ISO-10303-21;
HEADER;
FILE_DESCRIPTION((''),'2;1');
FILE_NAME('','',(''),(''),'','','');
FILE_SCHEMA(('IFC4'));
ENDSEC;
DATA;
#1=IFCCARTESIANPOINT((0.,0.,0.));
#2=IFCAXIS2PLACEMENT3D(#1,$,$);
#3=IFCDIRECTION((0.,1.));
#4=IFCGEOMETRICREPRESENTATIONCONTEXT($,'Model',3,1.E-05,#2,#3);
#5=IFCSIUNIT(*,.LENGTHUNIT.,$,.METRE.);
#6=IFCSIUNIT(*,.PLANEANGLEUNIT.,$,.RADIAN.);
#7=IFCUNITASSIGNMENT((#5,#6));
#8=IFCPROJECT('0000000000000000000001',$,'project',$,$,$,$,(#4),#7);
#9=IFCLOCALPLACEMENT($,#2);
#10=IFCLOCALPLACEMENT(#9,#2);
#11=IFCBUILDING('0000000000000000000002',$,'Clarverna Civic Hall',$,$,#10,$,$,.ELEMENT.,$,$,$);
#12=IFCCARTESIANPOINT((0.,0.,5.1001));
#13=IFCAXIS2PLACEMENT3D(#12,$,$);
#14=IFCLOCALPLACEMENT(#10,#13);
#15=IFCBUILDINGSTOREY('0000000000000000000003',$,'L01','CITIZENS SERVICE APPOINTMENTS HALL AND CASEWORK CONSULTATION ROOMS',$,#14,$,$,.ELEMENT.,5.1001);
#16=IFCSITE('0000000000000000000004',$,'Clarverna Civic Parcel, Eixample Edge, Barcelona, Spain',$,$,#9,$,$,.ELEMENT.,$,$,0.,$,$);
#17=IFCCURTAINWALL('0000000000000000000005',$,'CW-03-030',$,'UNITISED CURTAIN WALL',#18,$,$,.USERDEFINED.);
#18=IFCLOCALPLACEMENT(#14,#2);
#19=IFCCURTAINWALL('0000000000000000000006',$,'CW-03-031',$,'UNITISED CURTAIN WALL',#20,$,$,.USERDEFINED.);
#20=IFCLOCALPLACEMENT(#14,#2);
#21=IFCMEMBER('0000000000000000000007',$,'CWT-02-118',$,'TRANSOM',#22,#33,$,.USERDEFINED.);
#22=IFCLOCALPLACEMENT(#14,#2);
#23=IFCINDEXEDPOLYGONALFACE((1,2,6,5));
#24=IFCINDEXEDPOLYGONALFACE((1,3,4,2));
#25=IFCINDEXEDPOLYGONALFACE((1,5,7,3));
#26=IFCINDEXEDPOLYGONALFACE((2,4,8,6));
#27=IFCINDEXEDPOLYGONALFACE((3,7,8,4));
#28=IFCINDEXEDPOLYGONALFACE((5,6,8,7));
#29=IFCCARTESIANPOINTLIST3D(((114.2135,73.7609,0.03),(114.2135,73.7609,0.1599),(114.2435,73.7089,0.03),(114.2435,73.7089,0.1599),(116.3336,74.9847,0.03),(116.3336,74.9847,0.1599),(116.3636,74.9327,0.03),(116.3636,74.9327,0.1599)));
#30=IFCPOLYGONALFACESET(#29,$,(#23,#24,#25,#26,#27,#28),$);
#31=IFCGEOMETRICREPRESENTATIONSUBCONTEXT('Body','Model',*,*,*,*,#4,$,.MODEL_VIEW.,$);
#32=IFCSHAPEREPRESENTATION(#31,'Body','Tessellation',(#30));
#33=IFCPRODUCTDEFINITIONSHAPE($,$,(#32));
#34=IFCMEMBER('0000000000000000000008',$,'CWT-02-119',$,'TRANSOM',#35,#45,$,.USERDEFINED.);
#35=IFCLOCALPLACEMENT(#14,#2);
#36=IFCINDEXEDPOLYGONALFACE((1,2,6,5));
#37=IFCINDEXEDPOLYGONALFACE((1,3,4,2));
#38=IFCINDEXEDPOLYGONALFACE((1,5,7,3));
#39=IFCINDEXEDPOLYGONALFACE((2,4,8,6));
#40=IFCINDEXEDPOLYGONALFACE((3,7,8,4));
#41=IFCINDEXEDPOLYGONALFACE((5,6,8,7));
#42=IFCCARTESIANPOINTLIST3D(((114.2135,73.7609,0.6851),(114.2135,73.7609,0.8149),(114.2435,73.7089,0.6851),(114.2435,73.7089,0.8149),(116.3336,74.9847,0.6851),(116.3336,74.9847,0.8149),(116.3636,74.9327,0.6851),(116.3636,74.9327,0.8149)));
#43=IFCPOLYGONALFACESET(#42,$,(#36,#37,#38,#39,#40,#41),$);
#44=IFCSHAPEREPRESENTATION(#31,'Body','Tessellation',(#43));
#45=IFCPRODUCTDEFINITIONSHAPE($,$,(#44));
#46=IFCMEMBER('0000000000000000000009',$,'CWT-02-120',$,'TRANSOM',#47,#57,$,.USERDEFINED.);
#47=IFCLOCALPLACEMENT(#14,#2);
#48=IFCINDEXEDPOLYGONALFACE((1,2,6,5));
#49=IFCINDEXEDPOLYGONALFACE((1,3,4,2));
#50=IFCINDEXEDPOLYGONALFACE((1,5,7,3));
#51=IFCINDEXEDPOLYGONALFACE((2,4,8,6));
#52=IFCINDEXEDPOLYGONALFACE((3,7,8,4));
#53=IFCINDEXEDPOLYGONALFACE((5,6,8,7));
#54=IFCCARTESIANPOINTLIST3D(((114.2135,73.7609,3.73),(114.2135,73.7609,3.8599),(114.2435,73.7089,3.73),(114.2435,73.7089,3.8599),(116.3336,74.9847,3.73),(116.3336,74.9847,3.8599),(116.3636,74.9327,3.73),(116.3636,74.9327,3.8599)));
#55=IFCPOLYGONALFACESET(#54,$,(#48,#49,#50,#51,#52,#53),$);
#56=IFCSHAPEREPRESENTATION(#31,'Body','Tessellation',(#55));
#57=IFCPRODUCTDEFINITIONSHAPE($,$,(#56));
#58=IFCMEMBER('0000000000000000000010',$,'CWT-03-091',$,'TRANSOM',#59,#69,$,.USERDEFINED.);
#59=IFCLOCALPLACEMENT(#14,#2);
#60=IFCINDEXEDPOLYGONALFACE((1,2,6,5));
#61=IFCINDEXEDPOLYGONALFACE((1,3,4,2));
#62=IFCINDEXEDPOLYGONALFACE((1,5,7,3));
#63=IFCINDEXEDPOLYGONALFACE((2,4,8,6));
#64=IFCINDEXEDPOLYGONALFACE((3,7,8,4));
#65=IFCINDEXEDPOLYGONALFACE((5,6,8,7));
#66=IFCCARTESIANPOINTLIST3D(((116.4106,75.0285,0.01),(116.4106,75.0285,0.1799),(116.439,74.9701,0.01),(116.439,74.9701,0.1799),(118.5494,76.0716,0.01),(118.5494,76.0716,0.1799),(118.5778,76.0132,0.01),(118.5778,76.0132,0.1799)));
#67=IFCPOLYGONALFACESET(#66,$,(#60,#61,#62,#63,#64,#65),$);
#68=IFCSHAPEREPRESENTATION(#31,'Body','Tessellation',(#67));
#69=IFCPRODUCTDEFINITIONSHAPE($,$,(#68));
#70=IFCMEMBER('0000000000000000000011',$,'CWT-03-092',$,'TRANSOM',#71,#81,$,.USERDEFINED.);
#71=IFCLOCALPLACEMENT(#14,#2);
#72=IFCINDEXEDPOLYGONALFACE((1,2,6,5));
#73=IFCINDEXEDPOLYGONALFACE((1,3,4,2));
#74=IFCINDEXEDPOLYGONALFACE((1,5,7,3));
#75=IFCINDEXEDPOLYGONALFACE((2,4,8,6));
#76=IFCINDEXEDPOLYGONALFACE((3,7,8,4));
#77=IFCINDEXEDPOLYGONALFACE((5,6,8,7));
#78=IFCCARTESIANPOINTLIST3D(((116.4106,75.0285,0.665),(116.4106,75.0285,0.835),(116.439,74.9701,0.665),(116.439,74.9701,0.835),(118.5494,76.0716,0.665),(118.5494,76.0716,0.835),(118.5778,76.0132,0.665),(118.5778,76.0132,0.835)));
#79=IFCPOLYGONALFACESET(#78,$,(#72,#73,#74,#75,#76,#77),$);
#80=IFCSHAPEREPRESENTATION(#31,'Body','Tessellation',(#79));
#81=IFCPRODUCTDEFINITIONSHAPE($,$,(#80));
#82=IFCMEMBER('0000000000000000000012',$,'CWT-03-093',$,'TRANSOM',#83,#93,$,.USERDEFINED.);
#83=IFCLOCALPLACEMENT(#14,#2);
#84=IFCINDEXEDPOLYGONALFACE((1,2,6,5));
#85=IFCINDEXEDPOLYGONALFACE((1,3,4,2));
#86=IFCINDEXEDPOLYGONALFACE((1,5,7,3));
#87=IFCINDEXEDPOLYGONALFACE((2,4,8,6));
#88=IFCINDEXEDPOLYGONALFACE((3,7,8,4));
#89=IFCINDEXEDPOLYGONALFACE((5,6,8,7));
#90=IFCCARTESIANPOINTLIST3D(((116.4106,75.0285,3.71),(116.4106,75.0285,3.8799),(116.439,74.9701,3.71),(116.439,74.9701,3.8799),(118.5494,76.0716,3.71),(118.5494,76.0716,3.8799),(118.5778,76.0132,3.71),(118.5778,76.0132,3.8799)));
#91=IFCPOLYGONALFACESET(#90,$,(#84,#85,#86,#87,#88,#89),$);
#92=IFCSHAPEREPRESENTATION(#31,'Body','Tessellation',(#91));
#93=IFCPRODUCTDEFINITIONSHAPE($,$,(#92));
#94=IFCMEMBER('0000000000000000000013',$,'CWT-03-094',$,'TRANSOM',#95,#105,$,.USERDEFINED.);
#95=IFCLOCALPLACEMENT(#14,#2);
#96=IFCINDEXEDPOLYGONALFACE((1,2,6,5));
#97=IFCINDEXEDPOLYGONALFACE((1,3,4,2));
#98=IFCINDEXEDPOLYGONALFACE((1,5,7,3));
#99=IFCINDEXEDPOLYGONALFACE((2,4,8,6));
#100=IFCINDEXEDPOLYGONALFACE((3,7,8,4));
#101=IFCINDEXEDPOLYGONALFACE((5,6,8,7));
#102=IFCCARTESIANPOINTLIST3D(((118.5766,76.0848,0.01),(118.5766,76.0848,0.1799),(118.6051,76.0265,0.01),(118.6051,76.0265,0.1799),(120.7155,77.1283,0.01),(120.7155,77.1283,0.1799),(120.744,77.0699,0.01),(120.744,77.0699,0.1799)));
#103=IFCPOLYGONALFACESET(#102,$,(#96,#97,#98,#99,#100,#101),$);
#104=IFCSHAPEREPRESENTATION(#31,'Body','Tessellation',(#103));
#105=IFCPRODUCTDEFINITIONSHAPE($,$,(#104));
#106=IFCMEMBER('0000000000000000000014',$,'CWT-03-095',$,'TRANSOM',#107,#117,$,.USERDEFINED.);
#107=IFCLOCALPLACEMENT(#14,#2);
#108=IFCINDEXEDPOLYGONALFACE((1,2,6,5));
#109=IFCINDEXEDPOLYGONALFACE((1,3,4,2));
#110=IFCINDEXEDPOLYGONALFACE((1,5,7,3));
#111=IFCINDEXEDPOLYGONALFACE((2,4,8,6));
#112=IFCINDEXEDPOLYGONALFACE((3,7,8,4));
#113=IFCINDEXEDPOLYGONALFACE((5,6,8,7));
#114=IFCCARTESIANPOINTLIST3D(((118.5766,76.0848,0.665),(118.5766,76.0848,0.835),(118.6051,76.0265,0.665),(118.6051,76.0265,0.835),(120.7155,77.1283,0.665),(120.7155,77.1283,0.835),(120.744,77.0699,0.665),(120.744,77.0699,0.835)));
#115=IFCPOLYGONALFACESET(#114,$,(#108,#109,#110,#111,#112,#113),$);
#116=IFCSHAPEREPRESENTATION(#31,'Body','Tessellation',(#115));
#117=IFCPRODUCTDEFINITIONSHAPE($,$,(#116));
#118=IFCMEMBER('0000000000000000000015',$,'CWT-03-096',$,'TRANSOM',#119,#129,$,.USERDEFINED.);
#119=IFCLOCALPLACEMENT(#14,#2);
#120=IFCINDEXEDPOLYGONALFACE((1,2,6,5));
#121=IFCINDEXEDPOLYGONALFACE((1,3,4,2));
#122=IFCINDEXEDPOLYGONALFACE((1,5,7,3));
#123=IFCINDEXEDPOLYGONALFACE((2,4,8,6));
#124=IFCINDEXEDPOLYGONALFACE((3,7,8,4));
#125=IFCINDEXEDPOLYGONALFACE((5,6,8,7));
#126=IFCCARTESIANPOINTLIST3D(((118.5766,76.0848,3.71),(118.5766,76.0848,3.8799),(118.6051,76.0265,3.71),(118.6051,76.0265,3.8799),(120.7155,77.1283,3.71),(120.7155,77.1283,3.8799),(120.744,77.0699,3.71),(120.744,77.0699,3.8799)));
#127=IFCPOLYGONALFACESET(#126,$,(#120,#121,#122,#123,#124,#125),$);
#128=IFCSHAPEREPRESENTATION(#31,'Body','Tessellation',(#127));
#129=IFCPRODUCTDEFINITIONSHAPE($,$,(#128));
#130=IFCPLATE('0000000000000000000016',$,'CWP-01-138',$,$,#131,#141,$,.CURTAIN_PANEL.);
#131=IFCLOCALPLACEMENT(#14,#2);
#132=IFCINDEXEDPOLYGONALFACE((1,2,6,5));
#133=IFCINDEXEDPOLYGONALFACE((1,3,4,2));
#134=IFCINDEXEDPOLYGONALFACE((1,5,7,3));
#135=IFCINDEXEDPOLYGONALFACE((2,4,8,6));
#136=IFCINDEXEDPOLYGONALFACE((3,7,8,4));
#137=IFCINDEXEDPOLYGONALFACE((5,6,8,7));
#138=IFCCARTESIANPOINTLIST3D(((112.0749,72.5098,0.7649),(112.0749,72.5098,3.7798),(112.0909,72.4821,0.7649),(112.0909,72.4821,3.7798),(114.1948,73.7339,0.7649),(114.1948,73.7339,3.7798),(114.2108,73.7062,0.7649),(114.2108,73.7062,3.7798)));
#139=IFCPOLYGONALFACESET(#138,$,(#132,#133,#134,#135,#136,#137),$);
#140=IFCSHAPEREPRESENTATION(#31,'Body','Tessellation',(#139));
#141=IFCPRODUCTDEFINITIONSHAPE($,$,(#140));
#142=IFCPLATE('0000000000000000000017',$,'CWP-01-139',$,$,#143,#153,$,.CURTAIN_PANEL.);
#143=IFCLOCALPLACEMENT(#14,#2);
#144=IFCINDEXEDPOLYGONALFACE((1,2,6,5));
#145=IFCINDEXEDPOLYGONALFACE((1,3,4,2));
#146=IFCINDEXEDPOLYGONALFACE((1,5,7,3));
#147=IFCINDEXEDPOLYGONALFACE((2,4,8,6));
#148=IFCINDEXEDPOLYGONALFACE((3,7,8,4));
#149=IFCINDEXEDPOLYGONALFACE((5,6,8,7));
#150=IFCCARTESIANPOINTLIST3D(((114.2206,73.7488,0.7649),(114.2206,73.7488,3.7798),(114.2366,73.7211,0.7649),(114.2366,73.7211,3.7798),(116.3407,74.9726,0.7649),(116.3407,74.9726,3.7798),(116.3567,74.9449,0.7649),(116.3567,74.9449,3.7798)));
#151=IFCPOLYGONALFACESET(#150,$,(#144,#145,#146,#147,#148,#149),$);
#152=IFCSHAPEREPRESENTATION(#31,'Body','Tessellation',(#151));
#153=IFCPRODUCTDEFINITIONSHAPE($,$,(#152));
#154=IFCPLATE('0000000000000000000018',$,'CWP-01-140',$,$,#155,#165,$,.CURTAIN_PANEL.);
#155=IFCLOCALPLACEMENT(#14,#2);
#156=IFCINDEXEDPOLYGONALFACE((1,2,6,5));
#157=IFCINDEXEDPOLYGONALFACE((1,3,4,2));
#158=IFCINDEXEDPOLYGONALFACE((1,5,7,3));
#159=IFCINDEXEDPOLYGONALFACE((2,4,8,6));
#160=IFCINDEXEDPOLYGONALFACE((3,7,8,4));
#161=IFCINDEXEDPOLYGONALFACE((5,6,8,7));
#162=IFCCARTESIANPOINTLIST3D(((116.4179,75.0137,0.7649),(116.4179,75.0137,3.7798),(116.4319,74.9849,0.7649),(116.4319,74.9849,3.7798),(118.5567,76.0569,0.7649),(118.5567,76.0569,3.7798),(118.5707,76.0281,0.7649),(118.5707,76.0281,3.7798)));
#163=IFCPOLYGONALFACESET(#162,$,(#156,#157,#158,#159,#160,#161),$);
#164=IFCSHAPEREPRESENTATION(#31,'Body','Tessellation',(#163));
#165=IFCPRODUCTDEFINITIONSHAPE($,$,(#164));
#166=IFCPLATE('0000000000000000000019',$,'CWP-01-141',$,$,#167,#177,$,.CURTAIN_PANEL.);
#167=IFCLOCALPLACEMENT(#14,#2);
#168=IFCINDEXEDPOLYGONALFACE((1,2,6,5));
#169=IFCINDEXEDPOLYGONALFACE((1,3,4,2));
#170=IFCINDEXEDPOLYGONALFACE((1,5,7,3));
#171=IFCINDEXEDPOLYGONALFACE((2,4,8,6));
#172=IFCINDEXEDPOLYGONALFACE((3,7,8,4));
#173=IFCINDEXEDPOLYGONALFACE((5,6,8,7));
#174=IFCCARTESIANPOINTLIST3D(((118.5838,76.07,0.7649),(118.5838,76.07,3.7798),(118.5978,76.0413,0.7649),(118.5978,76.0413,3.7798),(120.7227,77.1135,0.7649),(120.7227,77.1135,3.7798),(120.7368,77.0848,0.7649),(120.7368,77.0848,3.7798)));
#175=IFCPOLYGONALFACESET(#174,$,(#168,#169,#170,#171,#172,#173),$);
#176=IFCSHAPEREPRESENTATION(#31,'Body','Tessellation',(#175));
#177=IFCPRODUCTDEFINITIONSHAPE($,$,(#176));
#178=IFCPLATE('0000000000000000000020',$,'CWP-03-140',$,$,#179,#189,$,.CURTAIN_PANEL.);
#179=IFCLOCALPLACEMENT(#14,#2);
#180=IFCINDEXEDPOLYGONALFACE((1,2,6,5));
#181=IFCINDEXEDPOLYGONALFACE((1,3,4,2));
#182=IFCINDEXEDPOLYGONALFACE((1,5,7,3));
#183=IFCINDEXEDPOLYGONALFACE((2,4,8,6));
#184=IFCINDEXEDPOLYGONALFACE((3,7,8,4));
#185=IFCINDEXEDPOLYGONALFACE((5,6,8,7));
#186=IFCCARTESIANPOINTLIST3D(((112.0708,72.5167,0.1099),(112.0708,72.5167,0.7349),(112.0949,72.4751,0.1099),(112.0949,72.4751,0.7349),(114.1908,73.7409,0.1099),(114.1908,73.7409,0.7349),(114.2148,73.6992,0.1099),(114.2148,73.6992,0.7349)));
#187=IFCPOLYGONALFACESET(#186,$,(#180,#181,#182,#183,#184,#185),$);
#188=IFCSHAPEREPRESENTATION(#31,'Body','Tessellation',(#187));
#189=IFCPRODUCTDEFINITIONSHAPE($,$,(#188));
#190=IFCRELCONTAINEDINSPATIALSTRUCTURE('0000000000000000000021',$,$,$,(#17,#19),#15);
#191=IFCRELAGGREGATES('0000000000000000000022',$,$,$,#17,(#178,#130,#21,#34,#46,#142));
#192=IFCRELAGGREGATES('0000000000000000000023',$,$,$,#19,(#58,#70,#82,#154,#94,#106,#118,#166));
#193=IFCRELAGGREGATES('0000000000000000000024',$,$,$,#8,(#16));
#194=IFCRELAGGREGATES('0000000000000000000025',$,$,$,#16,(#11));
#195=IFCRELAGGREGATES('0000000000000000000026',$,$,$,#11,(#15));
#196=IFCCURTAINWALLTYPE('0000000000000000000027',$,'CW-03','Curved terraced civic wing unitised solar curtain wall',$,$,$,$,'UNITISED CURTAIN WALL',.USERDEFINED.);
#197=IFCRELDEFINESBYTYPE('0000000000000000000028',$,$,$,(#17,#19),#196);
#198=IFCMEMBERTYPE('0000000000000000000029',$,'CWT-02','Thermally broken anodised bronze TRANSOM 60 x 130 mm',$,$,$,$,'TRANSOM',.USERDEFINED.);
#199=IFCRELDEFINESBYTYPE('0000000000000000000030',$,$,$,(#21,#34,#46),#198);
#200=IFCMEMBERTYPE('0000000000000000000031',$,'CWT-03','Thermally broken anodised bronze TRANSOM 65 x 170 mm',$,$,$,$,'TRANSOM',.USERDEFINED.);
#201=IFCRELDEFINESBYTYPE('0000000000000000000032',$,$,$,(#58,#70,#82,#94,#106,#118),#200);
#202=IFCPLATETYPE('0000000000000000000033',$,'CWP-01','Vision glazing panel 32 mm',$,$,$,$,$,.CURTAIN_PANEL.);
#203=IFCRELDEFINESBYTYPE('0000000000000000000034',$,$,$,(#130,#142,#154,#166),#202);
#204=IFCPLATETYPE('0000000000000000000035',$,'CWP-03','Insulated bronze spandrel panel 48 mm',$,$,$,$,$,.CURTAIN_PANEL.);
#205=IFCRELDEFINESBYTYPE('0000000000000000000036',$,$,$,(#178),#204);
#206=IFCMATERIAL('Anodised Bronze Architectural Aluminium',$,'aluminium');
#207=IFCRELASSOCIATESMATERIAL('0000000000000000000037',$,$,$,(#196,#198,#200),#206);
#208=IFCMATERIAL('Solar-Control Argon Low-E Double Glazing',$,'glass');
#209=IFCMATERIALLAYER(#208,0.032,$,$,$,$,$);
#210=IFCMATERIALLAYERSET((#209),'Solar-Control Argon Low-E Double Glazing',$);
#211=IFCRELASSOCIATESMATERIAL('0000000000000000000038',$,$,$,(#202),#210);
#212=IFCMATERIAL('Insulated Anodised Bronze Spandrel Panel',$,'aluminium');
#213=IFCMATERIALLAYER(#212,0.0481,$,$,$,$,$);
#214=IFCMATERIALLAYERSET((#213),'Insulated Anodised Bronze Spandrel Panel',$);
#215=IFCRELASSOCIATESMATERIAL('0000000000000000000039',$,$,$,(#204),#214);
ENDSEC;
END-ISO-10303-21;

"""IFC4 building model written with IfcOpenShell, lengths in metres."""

from ifc_helpers import new_model, si_unit, direction, frame, frame_2d, origin, origin_2d, place, context, subcontext, project, spatial, rectangle, extrude, material, layer, layer_set, material_profile, profile_set, type_object, element, aggregate, save


model = new_model("IFC4")

# Units and contexts
model_context = context("Model", 3, precision=1e-05, world=origin(), true_north=direction((0.0, 1.0)))
body_context = subcontext(model_context, "Body", "Model", "MODEL_VIEW")
ifc_project = project(units=[si_unit("LENGTHUNIT", "METRE"), si_unit("PLANEANGLEUNIT", "RADIAN")], contexts=[model_context])

# Site, building, storey
site_placement = place(None, origin())
site = spatial("IfcSite", under=ifc_project, at=site_placement, Name="Clarverna Civic Parcel, Eixample Edge, Barcelona, Spain", CompositionType="ELEMENT", RefElevation=0.0)
building_placement = place(site_placement, origin())
building = spatial("IfcBuilding", under=site, at=building_placement, Name="Clarverna Civic Hall", CompositionType="ELEMENT")
storey_placement = place(building_placement, frame((0.0, 0.0, 5.1001)))
storey = spatial("IfcBuildingStorey", under=building, at=storey_placement, Name="L01", Description="CITIZENS SERVICE APPOINTMENTS HALL AND CASEWORK CONSULTATION ROOMS", CompositionType="ELEMENT", Elevation=5.1001)

# Curtain walls
ifc_material_1 = material(Name="Anodised Bronze Architectural Aluminium", Category="aluminium")
curtain_wall_type = type_object("IfcCurtainWallType", Name="CW-03", Description="Curved terraced civic wing unitised solar curtain wall", ElementType="UNITISED CURTAIN WALL", PredefinedType="USERDEFINED", material=ifc_material_1)
curtain_wall_1_placement = place(storey_placement, origin())
curtain_wall_1 = element("IfcCurtainWall", 1, at=curtain_wall_1_placement, inside=storey, type_object=curtain_wall_type, Name="CW-03-030", ObjectType="UNITISED CURTAIN WALL", PredefinedType="USERDEFINED")
curtain_wall_2_placement = place(storey_placement, origin())
curtain_wall_2 = element("IfcCurtainWall", 2, at=curtain_wall_2_placement, inside=storey, type_object=curtain_wall_type, Name="CW-03-031", ObjectType="UNITISED CURTAIN WALL", PredefinedType="USERDEFINED")

# Members
ifc_material_profile_1 = material_profile(ifc_material_1, rectangle(XDim=0.0601, YDim=0.1299, at=origin_2d()), Name="BRONZE 60x130")
ifc_profile_set_1 = profile_set([ifc_material_profile_1], Name="Anodised Bronze Architectural Aluminium")
member_type_1 = type_object("IfcMemberType", Name="CWT-02", Description="Thermally broken anodised bronze TRANSOM 60 x 130 mm", ElementType="TRANSOM", PredefinedType="USERDEFINED", material=ifc_profile_set_1)
member_1_placement = place(storey_placement, frame((114.2285, 73.7349, 0.095), z_axis=(0.866056, 0.499947, 0.0), x_axis=(-0.499947, 0.866056, 0.0)))
member_1 = element("IfcMember", 3, at=member_1_placement, type_object=member_type_1, Name="CWT-02-118", ObjectType="TRANSOM", PredefinedType="USERDEFINED", context=body_context, shape_type="SweptSolid", body=[
    extrude(rectangle(XDim=0.0601, YDim=0.1299, at=origin_2d()), origin(), (0.0, 0.0, 1.0), 2.448),
])
member_2_placement = place(storey_placement, frame((114.2285, 73.7349, 0.75), z_axis=(0.866056, 0.499947, 0.0), x_axis=(-0.499947, 0.866056, 0.0)))
member_2 = element("IfcMember", 4, at=member_2_placement, type_object=member_type_1, Name="CWT-02-119", ObjectType="TRANSOM", PredefinedType="USERDEFINED", context=body_context, shape_type="SweptSolid", body=[
    extrude(rectangle(XDim=0.0601, YDim=0.1299, at=origin_2d()), origin(), (0.0, 0.0, 1.0), 2.448),
])
member_3_placement = place(storey_placement, frame((114.2285, 73.7349, 3.7949), z_axis=(0.866056, 0.499947, 0.0), x_axis=(-0.499947, 0.866056, 0.0)))
member_3 = element("IfcMember", 5, at=member_3_placement, type_object=member_type_1, Name="CWT-02-120", ObjectType="TRANSOM", PredefinedType="USERDEFINED", context=body_context, shape_type="SweptSolid", body=[
    extrude(rectangle(XDim=0.0601, YDim=0.1299, at=origin_2d()), origin(), (0.0, 0.0, 1.0), 2.448),
])
ifc_material_profile_2 = material_profile(ifc_material_1, rectangle(XDim=0.0649, YDim=0.1699, at=origin_2d()), Name="BRONZE 65x170")
ifc_profile_set_2 = profile_set([ifc_material_profile_2], Name="Anodised Bronze Architectural Aluminium")
member_type_2 = type_object("IfcMemberType", Name="CWT-03", Description="Thermally broken anodised bronze TRANSOM 65 x 170 mm", ElementType="TRANSOM", PredefinedType="USERDEFINED", material=ifc_profile_set_2)
member_4_placement = place(storey_placement, frame((116.4248, 74.9993, 0.095), z_axis=(0.898795, 0.438369, 0.0), x_axis=(-0.438369, 0.898795, 0.0)))
member_4 = element("IfcMember", 6, at=member_4_placement, type_object=member_type_2, Name="CWT-03-091", ObjectType="TRANSOM", PredefinedType="USERDEFINED", context=body_context, shape_type="SweptSolid", body=[
    extrude(rectangle(XDim=0.0649, YDim=0.1699, at=origin_2d()), origin(), (0.0, 0.0, 1.0), 2.3796),
])
member_5_placement = place(storey_placement, frame((116.4248, 74.9993, 0.75), z_axis=(0.898795, 0.438369, 0.0), x_axis=(-0.438369, 0.898795, 0.0)))
member_5 = element("IfcMember", 7, at=member_5_placement, type_object=member_type_2, Name="CWT-03-092", ObjectType="TRANSOM", PredefinedType="USERDEFINED", context=body_context, shape_type="SweptSolid", body=[
    extrude(rectangle(XDim=0.0649, YDim=0.1699, at=origin_2d()), origin(), (0.0, 0.0, 1.0), 2.3796),
])
member_6_placement = place(storey_placement, frame((116.4248, 74.9993, 3.7949), z_axis=(0.898795, 0.438369, 0.0), x_axis=(-0.438369, 0.898795, 0.0)))
member_6 = element("IfcMember", 8, at=member_6_placement, type_object=member_type_2, Name="CWT-03-093", ObjectType="TRANSOM", PredefinedType="USERDEFINED", context=body_context, shape_type="SweptSolid", body=[
    extrude(rectangle(XDim=0.0649, YDim=0.1699, at=origin_2d()), origin(), (0.0, 0.0, 1.0), 2.3796),
])
member_7_placement = place(storey_placement, frame((118.5908, 76.0557, 0.095), z_axis=(0.898755, 0.438452, 0.0), x_axis=(-0.438452, 0.898755, 0.0)))
member_7 = element("IfcMember", 9, at=member_7_placement, type_object=member_type_2, Name="CWT-03-094", ObjectType="TRANSOM", PredefinedType="USERDEFINED", context=body_context, shape_type="SweptSolid", body=[
    extrude(rectangle(XDim=0.0649, YDim=0.1699, at=origin_2d()), origin(), (0.0, 0.0, 1.0), 2.3799),
])
member_8_placement = place(storey_placement, frame((118.5908, 76.0557, 0.75), z_axis=(0.898755, 0.438452, 0.0), x_axis=(-0.438452, 0.898755, 0.0)))
member_8 = element("IfcMember", 10, at=member_8_placement, type_object=member_type_2, Name="CWT-03-095", ObjectType="TRANSOM", PredefinedType="USERDEFINED", context=body_context, shape_type="SweptSolid", body=[
    extrude(rectangle(XDim=0.0649, YDim=0.1699, at=origin_2d()), origin(), (0.0, 0.0, 1.0), 2.3799),
])
member_9_placement = place(storey_placement, frame((118.5908, 76.0557, 3.7949), z_axis=(0.898755, 0.438452, 0.0), x_axis=(-0.438452, 0.898755, 0.0)))
member_9 = element("IfcMember", 11, at=member_9_placement, type_object=member_type_2, Name="CWT-03-096", ObjectType="TRANSOM", PredefinedType="USERDEFINED", context=body_context, shape_type="SweptSolid", body=[
    extrude(rectangle(XDim=0.0649, YDim=0.1699, at=origin_2d()), origin(), (0.0, 0.0, 1.0), 2.3799),
])

# Plates
ifc_material_2 = material(Name="Solar-Control Argon Low-E Double Glazing", Category="glass")
ifc_layer_1 = layer(ifc_material_2, 0.032)
ifc_layer_set_1 = layer_set([ifc_layer_1], Name="Solar-Control Argon Low-E Double Glazing")
plate_type_1 = type_object("IfcPlateType", Name="CWP-01", Description="Vision glazing panel 32 mm", PredefinedType="CURTAIN_PANEL", material=ifc_layer_set_1)
plate_1_placement = place(storey_placement, frame((112.0828, 72.4958, 0.7649), z_axis=(0.0, 0.0, 1.0), x_axis=(0.865988, 0.500065, 0.0)))
plate_1 = element("IfcPlate", 12, at=plate_1_placement, type_object=plate_type_1, Name="CWP-01-138", PredefinedType="CURTAIN_PANEL", context=body_context, shape_type="SweptSolid", body=[
    extrude(rectangle(XDim=2.448, YDim=0.032, at=frame_2d((1.2241, 0.0))), origin(), (0.0, 0.0, 1.0), 3.0149),
])
plate_2_placement = place(storey_placement, frame((114.2285, 73.7349, 0.7649), z_axis=(0.0, 0.0, 1.0), x_axis=(0.866056, 0.499947, 0.0)))
plate_2 = element("IfcPlate", 13, at=plate_2_placement, type_object=plate_type_1, Name="CWP-01-139", PredefinedType="CURTAIN_PANEL", context=body_context, shape_type="SweptSolid", body=[
    extrude(rectangle(XDim=2.448, YDim=0.032, at=frame_2d((1.2241, 0.0))), origin(), (0.0, 0.0, 1.0), 3.0149),
])
plate_3_placement = place(storey_placement, frame((116.4248, 74.9993, 0.7649), z_axis=(0.0, 0.0, 1.0), x_axis=(0.898795, 0.438369, 0.0)))
plate_3 = element("IfcPlate", 14, at=plate_3_placement, type_object=plate_type_1, Name="CWP-01-140", PredefinedType="CURTAIN_PANEL", context=body_context, shape_type="SweptSolid", body=[
    extrude(rectangle(XDim=2.3796, YDim=0.032, at=frame_2d((1.1899, 0.0))), origin(), (0.0, 0.0, 1.0), 3.0149),
])
plate_4_placement = place(storey_placement, frame((118.5908, 76.0557, 0.7649), z_axis=(0.0, 0.0, 1.0), x_axis=(0.898755, 0.438452, 0.0)))
plate_4 = element("IfcPlate", 15, at=plate_4_placement, type_object=plate_type_1, Name="CWP-01-141", PredefinedType="CURTAIN_PANEL", context=body_context, shape_type="SweptSolid", body=[
    extrude(rectangle(XDim=2.3799, YDim=0.032, at=frame_2d((1.1899, 0.0))), origin(), (0.0, 0.0, 1.0), 3.0149),
])
ifc_material_3 = material(Name="Insulated Anodised Bronze Spandrel Panel", Category="aluminium")
ifc_layer_2 = layer(ifc_material_3, 0.0481)
ifc_layer_set_2 = layer_set([ifc_layer_2], Name="Insulated Anodised Bronze Spandrel Panel")
plate_type_2 = type_object("IfcPlateType", Name="CWP-03", Description="Insulated bronze spandrel panel 48 mm", PredefinedType="CURTAIN_PANEL", material=ifc_layer_set_2)
plate_5_placement = place(storey_placement, frame((112.0828, 72.4958, 0.1099), z_axis=(0.0, 0.0, 1.0), x_axis=(0.865988, 0.500065, 0.0)))
plate_5 = element("IfcPlate", 16, at=plate_5_placement, type_object=plate_type_2, Name="CWP-03-140", PredefinedType="CURTAIN_PANEL", context=body_context, shape_type="SweptSolid", body=[
    extrude(rectangle(XDim=2.448, YDim=0.0481, at=frame_2d((1.2241, 0.0))), origin(), (0.0, 0.0, 1.0), 0.625),
])
aggregate(curtain_wall_1, [plate_5, plate_1, member_1, member_2, member_3, plate_2])
aggregate(curtain_wall_2, [member_4, member_5, member_6, plate_3, member_7, member_8, member_9, plate_4])

save(model, "model.ifc")
